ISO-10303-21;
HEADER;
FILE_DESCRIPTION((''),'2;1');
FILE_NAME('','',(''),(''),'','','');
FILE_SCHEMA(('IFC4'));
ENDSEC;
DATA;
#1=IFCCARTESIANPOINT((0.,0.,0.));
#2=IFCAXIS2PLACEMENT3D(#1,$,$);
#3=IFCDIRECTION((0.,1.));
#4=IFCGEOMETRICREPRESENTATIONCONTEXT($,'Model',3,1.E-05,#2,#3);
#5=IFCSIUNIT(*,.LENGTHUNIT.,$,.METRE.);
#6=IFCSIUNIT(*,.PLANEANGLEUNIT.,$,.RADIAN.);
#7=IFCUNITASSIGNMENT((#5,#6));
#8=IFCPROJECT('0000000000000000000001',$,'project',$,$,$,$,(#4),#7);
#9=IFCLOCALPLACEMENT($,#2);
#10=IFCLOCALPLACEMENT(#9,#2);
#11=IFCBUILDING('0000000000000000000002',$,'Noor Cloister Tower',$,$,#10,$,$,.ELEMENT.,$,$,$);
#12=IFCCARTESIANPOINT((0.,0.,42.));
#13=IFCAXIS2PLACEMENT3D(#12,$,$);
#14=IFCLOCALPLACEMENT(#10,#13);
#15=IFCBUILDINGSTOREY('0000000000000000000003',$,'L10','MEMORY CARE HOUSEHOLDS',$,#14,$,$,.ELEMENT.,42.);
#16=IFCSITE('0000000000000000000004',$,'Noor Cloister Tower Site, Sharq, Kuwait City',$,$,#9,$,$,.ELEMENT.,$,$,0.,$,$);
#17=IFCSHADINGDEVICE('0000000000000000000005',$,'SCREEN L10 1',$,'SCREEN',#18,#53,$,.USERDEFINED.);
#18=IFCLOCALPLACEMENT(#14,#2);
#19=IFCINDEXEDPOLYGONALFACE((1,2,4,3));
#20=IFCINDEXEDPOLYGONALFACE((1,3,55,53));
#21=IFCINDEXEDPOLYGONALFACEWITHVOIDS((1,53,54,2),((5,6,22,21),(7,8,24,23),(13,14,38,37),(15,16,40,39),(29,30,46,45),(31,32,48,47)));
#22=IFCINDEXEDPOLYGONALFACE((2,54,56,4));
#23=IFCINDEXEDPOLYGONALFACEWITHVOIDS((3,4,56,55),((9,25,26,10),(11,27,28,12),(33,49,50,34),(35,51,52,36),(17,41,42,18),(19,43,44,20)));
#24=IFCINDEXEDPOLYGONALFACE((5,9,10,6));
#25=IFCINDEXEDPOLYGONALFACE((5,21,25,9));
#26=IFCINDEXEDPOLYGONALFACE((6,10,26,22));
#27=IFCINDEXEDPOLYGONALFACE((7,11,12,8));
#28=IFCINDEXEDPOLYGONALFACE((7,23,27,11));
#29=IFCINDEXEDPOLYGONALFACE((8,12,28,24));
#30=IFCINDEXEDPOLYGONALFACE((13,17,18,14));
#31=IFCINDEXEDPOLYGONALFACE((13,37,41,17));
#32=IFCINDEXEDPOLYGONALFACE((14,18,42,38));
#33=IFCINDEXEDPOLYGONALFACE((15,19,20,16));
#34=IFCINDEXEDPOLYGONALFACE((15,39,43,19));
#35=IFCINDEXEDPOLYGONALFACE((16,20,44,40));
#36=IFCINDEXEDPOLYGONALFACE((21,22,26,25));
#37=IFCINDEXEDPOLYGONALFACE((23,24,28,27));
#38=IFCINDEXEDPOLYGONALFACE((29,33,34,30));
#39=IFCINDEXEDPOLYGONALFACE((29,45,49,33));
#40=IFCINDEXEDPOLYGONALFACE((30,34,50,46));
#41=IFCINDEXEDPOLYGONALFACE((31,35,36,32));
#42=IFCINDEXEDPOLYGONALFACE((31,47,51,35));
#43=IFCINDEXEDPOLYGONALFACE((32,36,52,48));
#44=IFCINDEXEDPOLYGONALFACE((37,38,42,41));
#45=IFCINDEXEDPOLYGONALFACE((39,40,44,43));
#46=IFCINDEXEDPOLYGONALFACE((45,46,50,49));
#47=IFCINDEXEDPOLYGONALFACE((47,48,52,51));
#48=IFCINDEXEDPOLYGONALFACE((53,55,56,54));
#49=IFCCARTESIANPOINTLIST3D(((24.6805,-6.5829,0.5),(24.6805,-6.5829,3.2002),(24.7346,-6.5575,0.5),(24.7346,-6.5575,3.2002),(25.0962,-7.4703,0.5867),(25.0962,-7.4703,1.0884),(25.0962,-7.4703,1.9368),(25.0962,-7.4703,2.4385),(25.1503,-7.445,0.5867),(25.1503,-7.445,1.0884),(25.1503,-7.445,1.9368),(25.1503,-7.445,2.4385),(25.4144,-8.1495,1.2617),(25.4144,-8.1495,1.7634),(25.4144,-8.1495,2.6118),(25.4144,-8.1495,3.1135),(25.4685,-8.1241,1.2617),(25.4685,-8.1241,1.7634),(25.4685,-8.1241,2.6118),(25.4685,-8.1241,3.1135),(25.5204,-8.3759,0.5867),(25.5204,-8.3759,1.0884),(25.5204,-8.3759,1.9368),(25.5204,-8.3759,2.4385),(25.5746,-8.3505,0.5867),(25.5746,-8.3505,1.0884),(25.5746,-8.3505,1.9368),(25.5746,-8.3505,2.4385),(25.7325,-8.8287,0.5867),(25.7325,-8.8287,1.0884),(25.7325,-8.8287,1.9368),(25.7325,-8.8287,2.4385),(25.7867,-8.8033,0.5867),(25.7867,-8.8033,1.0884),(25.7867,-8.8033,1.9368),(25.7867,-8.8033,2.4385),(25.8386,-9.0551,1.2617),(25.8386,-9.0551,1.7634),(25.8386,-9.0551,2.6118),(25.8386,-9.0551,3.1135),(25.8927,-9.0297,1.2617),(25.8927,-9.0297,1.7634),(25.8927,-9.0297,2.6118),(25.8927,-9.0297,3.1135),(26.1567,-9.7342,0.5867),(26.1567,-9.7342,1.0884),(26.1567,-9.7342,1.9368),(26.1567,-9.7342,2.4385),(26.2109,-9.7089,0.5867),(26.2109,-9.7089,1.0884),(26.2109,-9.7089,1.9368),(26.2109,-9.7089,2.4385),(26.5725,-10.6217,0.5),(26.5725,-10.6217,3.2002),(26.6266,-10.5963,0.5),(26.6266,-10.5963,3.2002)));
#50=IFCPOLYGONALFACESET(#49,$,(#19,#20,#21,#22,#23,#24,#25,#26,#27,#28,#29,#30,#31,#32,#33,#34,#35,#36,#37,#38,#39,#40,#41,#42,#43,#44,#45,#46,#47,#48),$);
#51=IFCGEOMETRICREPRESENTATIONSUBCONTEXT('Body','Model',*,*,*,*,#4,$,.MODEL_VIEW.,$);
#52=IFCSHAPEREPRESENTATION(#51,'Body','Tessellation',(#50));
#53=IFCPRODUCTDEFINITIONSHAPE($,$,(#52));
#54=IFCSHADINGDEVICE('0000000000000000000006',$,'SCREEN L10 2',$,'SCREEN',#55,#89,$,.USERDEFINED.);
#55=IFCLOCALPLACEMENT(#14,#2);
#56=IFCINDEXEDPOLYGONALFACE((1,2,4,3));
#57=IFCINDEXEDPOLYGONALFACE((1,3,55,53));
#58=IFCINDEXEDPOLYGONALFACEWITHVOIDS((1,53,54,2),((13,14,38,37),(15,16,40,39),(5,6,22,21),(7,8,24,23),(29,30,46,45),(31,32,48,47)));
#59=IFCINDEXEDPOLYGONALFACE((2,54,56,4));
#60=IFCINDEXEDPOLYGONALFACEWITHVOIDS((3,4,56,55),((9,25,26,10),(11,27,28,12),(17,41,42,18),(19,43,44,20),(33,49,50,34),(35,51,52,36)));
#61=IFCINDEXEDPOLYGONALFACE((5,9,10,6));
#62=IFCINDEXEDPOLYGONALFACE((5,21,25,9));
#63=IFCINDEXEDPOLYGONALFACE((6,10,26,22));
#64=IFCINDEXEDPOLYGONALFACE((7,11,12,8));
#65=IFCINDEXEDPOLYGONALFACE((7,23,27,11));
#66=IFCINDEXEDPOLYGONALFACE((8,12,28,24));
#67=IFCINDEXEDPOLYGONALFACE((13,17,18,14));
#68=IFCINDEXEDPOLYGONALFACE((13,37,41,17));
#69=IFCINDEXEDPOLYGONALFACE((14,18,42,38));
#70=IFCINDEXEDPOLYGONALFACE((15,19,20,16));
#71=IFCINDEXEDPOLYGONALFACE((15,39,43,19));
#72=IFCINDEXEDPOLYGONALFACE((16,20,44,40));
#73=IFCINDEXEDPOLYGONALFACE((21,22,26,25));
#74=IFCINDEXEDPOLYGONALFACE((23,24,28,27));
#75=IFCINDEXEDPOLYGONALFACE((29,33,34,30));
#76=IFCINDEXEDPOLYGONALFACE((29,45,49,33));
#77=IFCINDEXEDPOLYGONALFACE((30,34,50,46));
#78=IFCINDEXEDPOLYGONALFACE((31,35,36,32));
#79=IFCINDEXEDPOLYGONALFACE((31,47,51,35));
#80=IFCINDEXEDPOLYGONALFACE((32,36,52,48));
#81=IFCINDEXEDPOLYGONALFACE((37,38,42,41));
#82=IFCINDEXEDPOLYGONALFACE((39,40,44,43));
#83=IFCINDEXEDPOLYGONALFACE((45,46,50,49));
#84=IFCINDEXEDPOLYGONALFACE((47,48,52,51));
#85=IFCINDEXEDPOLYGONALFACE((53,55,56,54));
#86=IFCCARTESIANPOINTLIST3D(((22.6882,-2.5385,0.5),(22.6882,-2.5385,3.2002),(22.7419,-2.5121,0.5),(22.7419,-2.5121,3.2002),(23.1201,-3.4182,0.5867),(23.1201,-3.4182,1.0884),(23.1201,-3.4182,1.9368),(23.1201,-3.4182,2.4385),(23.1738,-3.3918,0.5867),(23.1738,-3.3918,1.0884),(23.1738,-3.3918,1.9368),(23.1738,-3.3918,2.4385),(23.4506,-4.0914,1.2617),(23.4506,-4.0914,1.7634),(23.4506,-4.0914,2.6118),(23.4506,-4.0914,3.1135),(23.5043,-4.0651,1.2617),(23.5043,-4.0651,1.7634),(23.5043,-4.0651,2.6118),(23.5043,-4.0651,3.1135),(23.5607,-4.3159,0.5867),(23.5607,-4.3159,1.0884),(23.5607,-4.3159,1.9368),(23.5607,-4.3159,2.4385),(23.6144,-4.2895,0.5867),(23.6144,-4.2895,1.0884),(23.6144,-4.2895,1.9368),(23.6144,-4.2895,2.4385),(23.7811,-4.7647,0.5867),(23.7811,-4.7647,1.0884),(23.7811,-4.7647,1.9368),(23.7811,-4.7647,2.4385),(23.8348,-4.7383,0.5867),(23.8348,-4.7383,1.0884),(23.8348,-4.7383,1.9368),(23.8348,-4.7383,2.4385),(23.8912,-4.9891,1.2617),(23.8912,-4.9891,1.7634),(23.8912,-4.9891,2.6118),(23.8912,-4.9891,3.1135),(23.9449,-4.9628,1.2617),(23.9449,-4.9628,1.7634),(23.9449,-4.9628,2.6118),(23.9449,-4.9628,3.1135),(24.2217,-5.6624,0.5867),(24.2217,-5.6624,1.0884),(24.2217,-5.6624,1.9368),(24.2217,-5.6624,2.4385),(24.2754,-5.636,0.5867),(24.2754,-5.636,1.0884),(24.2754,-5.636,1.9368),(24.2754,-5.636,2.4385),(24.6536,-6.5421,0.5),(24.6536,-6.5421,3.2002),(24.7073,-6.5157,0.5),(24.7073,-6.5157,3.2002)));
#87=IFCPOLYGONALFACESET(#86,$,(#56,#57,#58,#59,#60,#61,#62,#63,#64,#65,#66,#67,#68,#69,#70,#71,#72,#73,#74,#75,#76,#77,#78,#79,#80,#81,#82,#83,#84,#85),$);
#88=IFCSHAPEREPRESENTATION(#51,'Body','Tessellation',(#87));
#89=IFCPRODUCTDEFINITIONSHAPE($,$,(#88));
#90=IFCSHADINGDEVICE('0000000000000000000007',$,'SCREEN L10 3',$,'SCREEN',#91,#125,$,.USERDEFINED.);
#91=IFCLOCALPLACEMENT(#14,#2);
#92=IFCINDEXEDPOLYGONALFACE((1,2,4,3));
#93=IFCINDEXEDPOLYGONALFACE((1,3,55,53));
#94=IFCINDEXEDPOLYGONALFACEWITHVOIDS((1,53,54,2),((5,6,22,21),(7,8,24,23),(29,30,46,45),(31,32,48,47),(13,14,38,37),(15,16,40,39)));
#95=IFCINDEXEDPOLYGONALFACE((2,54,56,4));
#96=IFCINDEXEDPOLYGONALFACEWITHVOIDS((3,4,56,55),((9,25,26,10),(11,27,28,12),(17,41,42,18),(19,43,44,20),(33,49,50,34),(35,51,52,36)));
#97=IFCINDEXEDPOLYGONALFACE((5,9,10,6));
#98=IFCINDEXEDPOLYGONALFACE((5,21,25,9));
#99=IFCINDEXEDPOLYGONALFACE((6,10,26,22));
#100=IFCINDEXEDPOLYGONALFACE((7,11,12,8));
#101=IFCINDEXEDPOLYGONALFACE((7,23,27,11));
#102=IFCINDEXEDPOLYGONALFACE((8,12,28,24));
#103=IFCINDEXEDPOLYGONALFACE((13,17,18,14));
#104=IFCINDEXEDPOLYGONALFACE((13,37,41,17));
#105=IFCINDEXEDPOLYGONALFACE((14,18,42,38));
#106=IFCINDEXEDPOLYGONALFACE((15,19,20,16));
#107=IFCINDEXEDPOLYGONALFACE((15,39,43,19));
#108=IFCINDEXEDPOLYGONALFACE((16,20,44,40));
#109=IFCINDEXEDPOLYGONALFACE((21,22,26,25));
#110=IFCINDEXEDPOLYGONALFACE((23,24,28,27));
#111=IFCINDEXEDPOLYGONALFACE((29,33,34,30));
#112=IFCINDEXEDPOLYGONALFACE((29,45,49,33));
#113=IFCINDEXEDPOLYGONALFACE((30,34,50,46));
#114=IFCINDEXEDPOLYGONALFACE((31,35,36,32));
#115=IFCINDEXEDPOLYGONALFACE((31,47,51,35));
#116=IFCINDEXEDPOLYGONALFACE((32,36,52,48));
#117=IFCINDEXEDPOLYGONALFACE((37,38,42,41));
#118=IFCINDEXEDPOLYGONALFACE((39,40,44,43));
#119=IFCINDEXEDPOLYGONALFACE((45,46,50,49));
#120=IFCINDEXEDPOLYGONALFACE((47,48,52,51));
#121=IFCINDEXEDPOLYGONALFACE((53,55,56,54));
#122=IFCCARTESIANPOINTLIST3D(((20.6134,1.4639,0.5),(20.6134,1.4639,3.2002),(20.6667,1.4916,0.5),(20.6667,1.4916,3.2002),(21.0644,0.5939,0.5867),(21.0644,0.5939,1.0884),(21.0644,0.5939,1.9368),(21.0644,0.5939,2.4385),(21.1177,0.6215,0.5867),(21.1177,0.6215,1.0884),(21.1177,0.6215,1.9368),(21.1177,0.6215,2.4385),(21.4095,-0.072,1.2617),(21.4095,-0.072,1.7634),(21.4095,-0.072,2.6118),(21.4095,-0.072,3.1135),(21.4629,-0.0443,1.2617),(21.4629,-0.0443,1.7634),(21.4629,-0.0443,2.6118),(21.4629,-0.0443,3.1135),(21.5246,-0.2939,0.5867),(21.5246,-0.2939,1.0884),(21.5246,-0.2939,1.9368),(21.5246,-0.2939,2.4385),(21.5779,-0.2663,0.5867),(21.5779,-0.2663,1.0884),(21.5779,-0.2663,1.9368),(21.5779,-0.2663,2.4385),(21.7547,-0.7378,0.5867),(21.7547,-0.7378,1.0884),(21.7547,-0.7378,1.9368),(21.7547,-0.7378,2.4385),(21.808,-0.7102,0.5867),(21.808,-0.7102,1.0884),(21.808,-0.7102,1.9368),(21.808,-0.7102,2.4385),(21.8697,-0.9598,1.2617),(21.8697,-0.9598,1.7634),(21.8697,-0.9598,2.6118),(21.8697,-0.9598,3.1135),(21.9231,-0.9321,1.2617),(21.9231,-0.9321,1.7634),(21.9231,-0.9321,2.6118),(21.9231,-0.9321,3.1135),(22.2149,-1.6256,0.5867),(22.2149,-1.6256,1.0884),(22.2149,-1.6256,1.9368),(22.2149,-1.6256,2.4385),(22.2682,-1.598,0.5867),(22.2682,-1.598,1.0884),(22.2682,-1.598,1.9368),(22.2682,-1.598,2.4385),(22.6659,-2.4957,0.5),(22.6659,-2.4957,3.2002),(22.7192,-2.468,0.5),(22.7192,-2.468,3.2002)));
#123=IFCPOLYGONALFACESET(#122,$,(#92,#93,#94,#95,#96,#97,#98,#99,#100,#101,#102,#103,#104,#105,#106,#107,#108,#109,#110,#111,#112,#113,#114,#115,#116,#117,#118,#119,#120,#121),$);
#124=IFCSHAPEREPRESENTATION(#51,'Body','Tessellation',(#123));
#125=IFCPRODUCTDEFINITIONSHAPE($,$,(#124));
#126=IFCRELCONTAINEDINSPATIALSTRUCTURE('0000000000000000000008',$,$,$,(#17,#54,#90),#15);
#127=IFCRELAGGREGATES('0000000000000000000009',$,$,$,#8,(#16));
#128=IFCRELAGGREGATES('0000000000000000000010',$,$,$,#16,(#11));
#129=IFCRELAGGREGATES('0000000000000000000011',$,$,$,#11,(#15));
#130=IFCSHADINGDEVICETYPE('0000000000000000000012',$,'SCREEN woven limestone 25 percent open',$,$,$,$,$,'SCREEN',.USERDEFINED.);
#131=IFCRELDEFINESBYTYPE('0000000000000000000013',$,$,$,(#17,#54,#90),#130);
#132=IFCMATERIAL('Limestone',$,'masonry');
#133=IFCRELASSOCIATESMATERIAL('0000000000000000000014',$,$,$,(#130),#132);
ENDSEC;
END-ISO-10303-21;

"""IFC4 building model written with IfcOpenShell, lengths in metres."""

from ifc_helpers import new_model, si_unit, direction, frame, origin, place, context, subcontext, project, spatial, polyline, outline, extrude, material, material_profile, profile_set, type_object, element, save


model = new_model("IFC4")

# Units and contexts
model_context = context("Model", 3, precision=1e-05, world=origin(), true_north=direction((0.0, 1.0)))
body_context = subcontext(model_context, "Body", "Model", "MODEL_VIEW")
ifc_project = project(units=[si_unit("LENGTHUNIT", "METRE"), si_unit("PLANEANGLEUNIT", "RADIAN")], contexts=[model_context])

# Site, building, storey
site_placement = place(None, origin())
site = spatial("IfcSite", under=ifc_project, at=site_placement, Name="Noor Cloister Tower Site, Sharq, Kuwait City", CompositionType="ELEMENT", RefElevation=0.0)
building_placement = place(site_placement, origin())
building = spatial("IfcBuilding", under=site, at=building_placement, Name="Noor Cloister Tower", CompositionType="ELEMENT")
storey_placement = place(building_placement, frame((0.0, 0.0, 42.0)))
storey = spatial("IfcBuildingStorey", under=building, at=storey_placement, Name="L10", Description="MEMORY CARE HOUSEHOLDS", CompositionType="ELEMENT", Elevation=42.0)

# Shading devices
ifc_material_1 = material(Name="Limestone", Category="masonry")
ifc_material_profile_1 = material_profile(ifc_material_1, outline(polyline([(-2.23, -1.3501), (2.23, -1.3501), (2.23, 1.3501), (-2.23, 1.3501), (-2.23, -1.3501)]), holes=[polyline([(-1.25, -1.2634), (-0.25, -1.2634), (-0.25, -0.7617), (-1.25, -0.7617), (-1.25, -1.2634)]), polyline([(0.25, -1.2634), (1.25, -1.2634), (1.25, -0.7617), (0.25, -0.7617), (0.25, -1.2634)]), polyline([(-0.5, -0.5884), (0.5, -0.5884), (0.5, -0.0867), (-0.5, -0.0867), (-0.5, -0.5884)]), polyline([(-1.25, 0.0867), (-0.25, 0.0867), (-0.25, 0.5884), (-1.25, 0.5884), (-1.25, 0.0867)]), polyline([(0.25, 0.0867), (1.25, 0.0867), (1.25, 0.5884), (0.25, 0.5884), (0.25, 0.0867)]), polyline([(-0.5, 0.7617), (0.5, 0.7617), (0.5, 1.2634), (-0.5, 1.2634), (-0.5, 0.7617)])]), Name="Woven screen 25 percent open")
ifc_profile_set_1 = profile_set([ifc_material_profile_1], Name="Limestone")
shading_device_type = type_object("IfcShadingDeviceType", Name="SCREEN woven limestone 25 percent open", ElementType="SCREEN", PredefinedType="USERDEFINED", material=ifc_profile_set_1)
for number, where, z_axis, x_axis, name in (
    (1, (25.6265, -8.6023, 1.8501), (0.905557, 0.424225, 0.0), (-0.424225, 0.905557, 0.0), "SCREEN L10 1"),
    (2, (23.6709, -4.5403, 1.8501), (0.897668, 0.440673, 0.0), (-0.440673, 0.897668, 0.0), "SCREEN L10 2"),
):
    element("IfcShadingDevice", number, at=place(storey_placement, frame(where, z_axis=z_axis, x_axis=x_axis)), inside=storey, type_object=shading_device_type, Name=name, ObjectType="SCREEN", PredefinedType="USERDEFINED", context=body_context, shape_type="SweptSolid", body=[
        extrude(outline(polyline([(-2.23, -1.3501), (2.23, -1.3501), (2.23, 1.3501), (-2.23, 1.3501), (-2.23, -1.3501)]), holes=[polyline([(-1.25, -1.2634), (-0.25, -1.2634), (-0.25, -0.7617), (-1.25, -0.7617), (-1.25, -1.2634)]), polyline([(0.25, -1.2634), (1.25, -1.2634), (1.25, -0.7617), (0.25, -0.7617), (0.25, -1.2634)]), polyline([(-0.5, -0.5884), (0.5, -0.5884), (0.5, -0.0867), (-0.5, -0.0867), (-0.5, -0.5884)]), polyline([(-1.25, 0.0867), (-0.25, 0.0867), (-0.25, 0.5884), (-1.25, 0.5884), (-1.25, 0.0867)]), polyline([(0.25, 0.0867), (1.25, 0.0867), (1.25, 0.5884), (0.25, 0.5884), (0.25, 0.0867)]), polyline([(-0.5, 0.7617), (0.5, 0.7617), (0.5, 1.2634), (-0.5, 1.2634), (-0.5, 0.7617)])]), origin(), (0.0, 0.0, 1.0), 0.0598),
    ])
shading_device_1_placement = place(storey_placement, frame((21.6396, -0.5159, 1.8501), z_axis=(0.887816, 0.460198, 0.0), x_axis=(-0.460198, 0.887816, 0.0)))
element("IfcShadingDevice", 3, at=shading_device_1_placement, inside=storey, type_object=shading_device_type, Name="SCREEN L10 3", ObjectType="SCREEN", PredefinedType="USERDEFINED", context=body_context, shape_type="SweptSolid", body=[
    extrude(outline(polyline([(-2.23, -1.3501), (2.23, -1.3501), (2.23, 1.3501), (-2.23, 1.3501), (-2.23, -1.3501)]), holes=[polyline([(-1.25, -1.2634), (-0.25, -1.2634), (-0.25, -0.7617), (-1.25, -0.7617), (-1.25, -1.2634)]), polyline([(0.25, -1.2634), (1.25, -1.2634), (1.25, -0.7617), (0.25, -0.7617), (0.25, -1.2634)]), polyline([(-0.5, -0.5884), (0.5, -0.5884), (0.5, -0.0867), (-0.5, -0.0867), (-0.5, -0.5884)]), polyline([(-1.25, 0.0867), (-0.25, 0.0867), (-0.25, 0.5884), (-1.25, 0.5884), (-1.25, 0.0867)]), polyline([(0.25, 0.0867), (1.25, 0.0867), (1.25, 0.5884), (0.25, 0.5884), (0.25, 0.0867)]), polyline([(-0.5, 0.7617), (0.5, 0.7617), (0.5, 1.2634), (-0.5, 1.2634), (-0.5, 0.7617)])]), origin(), (0.0, 0.0, 1.0), 0.0601),
])

save(model, "model.ifc")
